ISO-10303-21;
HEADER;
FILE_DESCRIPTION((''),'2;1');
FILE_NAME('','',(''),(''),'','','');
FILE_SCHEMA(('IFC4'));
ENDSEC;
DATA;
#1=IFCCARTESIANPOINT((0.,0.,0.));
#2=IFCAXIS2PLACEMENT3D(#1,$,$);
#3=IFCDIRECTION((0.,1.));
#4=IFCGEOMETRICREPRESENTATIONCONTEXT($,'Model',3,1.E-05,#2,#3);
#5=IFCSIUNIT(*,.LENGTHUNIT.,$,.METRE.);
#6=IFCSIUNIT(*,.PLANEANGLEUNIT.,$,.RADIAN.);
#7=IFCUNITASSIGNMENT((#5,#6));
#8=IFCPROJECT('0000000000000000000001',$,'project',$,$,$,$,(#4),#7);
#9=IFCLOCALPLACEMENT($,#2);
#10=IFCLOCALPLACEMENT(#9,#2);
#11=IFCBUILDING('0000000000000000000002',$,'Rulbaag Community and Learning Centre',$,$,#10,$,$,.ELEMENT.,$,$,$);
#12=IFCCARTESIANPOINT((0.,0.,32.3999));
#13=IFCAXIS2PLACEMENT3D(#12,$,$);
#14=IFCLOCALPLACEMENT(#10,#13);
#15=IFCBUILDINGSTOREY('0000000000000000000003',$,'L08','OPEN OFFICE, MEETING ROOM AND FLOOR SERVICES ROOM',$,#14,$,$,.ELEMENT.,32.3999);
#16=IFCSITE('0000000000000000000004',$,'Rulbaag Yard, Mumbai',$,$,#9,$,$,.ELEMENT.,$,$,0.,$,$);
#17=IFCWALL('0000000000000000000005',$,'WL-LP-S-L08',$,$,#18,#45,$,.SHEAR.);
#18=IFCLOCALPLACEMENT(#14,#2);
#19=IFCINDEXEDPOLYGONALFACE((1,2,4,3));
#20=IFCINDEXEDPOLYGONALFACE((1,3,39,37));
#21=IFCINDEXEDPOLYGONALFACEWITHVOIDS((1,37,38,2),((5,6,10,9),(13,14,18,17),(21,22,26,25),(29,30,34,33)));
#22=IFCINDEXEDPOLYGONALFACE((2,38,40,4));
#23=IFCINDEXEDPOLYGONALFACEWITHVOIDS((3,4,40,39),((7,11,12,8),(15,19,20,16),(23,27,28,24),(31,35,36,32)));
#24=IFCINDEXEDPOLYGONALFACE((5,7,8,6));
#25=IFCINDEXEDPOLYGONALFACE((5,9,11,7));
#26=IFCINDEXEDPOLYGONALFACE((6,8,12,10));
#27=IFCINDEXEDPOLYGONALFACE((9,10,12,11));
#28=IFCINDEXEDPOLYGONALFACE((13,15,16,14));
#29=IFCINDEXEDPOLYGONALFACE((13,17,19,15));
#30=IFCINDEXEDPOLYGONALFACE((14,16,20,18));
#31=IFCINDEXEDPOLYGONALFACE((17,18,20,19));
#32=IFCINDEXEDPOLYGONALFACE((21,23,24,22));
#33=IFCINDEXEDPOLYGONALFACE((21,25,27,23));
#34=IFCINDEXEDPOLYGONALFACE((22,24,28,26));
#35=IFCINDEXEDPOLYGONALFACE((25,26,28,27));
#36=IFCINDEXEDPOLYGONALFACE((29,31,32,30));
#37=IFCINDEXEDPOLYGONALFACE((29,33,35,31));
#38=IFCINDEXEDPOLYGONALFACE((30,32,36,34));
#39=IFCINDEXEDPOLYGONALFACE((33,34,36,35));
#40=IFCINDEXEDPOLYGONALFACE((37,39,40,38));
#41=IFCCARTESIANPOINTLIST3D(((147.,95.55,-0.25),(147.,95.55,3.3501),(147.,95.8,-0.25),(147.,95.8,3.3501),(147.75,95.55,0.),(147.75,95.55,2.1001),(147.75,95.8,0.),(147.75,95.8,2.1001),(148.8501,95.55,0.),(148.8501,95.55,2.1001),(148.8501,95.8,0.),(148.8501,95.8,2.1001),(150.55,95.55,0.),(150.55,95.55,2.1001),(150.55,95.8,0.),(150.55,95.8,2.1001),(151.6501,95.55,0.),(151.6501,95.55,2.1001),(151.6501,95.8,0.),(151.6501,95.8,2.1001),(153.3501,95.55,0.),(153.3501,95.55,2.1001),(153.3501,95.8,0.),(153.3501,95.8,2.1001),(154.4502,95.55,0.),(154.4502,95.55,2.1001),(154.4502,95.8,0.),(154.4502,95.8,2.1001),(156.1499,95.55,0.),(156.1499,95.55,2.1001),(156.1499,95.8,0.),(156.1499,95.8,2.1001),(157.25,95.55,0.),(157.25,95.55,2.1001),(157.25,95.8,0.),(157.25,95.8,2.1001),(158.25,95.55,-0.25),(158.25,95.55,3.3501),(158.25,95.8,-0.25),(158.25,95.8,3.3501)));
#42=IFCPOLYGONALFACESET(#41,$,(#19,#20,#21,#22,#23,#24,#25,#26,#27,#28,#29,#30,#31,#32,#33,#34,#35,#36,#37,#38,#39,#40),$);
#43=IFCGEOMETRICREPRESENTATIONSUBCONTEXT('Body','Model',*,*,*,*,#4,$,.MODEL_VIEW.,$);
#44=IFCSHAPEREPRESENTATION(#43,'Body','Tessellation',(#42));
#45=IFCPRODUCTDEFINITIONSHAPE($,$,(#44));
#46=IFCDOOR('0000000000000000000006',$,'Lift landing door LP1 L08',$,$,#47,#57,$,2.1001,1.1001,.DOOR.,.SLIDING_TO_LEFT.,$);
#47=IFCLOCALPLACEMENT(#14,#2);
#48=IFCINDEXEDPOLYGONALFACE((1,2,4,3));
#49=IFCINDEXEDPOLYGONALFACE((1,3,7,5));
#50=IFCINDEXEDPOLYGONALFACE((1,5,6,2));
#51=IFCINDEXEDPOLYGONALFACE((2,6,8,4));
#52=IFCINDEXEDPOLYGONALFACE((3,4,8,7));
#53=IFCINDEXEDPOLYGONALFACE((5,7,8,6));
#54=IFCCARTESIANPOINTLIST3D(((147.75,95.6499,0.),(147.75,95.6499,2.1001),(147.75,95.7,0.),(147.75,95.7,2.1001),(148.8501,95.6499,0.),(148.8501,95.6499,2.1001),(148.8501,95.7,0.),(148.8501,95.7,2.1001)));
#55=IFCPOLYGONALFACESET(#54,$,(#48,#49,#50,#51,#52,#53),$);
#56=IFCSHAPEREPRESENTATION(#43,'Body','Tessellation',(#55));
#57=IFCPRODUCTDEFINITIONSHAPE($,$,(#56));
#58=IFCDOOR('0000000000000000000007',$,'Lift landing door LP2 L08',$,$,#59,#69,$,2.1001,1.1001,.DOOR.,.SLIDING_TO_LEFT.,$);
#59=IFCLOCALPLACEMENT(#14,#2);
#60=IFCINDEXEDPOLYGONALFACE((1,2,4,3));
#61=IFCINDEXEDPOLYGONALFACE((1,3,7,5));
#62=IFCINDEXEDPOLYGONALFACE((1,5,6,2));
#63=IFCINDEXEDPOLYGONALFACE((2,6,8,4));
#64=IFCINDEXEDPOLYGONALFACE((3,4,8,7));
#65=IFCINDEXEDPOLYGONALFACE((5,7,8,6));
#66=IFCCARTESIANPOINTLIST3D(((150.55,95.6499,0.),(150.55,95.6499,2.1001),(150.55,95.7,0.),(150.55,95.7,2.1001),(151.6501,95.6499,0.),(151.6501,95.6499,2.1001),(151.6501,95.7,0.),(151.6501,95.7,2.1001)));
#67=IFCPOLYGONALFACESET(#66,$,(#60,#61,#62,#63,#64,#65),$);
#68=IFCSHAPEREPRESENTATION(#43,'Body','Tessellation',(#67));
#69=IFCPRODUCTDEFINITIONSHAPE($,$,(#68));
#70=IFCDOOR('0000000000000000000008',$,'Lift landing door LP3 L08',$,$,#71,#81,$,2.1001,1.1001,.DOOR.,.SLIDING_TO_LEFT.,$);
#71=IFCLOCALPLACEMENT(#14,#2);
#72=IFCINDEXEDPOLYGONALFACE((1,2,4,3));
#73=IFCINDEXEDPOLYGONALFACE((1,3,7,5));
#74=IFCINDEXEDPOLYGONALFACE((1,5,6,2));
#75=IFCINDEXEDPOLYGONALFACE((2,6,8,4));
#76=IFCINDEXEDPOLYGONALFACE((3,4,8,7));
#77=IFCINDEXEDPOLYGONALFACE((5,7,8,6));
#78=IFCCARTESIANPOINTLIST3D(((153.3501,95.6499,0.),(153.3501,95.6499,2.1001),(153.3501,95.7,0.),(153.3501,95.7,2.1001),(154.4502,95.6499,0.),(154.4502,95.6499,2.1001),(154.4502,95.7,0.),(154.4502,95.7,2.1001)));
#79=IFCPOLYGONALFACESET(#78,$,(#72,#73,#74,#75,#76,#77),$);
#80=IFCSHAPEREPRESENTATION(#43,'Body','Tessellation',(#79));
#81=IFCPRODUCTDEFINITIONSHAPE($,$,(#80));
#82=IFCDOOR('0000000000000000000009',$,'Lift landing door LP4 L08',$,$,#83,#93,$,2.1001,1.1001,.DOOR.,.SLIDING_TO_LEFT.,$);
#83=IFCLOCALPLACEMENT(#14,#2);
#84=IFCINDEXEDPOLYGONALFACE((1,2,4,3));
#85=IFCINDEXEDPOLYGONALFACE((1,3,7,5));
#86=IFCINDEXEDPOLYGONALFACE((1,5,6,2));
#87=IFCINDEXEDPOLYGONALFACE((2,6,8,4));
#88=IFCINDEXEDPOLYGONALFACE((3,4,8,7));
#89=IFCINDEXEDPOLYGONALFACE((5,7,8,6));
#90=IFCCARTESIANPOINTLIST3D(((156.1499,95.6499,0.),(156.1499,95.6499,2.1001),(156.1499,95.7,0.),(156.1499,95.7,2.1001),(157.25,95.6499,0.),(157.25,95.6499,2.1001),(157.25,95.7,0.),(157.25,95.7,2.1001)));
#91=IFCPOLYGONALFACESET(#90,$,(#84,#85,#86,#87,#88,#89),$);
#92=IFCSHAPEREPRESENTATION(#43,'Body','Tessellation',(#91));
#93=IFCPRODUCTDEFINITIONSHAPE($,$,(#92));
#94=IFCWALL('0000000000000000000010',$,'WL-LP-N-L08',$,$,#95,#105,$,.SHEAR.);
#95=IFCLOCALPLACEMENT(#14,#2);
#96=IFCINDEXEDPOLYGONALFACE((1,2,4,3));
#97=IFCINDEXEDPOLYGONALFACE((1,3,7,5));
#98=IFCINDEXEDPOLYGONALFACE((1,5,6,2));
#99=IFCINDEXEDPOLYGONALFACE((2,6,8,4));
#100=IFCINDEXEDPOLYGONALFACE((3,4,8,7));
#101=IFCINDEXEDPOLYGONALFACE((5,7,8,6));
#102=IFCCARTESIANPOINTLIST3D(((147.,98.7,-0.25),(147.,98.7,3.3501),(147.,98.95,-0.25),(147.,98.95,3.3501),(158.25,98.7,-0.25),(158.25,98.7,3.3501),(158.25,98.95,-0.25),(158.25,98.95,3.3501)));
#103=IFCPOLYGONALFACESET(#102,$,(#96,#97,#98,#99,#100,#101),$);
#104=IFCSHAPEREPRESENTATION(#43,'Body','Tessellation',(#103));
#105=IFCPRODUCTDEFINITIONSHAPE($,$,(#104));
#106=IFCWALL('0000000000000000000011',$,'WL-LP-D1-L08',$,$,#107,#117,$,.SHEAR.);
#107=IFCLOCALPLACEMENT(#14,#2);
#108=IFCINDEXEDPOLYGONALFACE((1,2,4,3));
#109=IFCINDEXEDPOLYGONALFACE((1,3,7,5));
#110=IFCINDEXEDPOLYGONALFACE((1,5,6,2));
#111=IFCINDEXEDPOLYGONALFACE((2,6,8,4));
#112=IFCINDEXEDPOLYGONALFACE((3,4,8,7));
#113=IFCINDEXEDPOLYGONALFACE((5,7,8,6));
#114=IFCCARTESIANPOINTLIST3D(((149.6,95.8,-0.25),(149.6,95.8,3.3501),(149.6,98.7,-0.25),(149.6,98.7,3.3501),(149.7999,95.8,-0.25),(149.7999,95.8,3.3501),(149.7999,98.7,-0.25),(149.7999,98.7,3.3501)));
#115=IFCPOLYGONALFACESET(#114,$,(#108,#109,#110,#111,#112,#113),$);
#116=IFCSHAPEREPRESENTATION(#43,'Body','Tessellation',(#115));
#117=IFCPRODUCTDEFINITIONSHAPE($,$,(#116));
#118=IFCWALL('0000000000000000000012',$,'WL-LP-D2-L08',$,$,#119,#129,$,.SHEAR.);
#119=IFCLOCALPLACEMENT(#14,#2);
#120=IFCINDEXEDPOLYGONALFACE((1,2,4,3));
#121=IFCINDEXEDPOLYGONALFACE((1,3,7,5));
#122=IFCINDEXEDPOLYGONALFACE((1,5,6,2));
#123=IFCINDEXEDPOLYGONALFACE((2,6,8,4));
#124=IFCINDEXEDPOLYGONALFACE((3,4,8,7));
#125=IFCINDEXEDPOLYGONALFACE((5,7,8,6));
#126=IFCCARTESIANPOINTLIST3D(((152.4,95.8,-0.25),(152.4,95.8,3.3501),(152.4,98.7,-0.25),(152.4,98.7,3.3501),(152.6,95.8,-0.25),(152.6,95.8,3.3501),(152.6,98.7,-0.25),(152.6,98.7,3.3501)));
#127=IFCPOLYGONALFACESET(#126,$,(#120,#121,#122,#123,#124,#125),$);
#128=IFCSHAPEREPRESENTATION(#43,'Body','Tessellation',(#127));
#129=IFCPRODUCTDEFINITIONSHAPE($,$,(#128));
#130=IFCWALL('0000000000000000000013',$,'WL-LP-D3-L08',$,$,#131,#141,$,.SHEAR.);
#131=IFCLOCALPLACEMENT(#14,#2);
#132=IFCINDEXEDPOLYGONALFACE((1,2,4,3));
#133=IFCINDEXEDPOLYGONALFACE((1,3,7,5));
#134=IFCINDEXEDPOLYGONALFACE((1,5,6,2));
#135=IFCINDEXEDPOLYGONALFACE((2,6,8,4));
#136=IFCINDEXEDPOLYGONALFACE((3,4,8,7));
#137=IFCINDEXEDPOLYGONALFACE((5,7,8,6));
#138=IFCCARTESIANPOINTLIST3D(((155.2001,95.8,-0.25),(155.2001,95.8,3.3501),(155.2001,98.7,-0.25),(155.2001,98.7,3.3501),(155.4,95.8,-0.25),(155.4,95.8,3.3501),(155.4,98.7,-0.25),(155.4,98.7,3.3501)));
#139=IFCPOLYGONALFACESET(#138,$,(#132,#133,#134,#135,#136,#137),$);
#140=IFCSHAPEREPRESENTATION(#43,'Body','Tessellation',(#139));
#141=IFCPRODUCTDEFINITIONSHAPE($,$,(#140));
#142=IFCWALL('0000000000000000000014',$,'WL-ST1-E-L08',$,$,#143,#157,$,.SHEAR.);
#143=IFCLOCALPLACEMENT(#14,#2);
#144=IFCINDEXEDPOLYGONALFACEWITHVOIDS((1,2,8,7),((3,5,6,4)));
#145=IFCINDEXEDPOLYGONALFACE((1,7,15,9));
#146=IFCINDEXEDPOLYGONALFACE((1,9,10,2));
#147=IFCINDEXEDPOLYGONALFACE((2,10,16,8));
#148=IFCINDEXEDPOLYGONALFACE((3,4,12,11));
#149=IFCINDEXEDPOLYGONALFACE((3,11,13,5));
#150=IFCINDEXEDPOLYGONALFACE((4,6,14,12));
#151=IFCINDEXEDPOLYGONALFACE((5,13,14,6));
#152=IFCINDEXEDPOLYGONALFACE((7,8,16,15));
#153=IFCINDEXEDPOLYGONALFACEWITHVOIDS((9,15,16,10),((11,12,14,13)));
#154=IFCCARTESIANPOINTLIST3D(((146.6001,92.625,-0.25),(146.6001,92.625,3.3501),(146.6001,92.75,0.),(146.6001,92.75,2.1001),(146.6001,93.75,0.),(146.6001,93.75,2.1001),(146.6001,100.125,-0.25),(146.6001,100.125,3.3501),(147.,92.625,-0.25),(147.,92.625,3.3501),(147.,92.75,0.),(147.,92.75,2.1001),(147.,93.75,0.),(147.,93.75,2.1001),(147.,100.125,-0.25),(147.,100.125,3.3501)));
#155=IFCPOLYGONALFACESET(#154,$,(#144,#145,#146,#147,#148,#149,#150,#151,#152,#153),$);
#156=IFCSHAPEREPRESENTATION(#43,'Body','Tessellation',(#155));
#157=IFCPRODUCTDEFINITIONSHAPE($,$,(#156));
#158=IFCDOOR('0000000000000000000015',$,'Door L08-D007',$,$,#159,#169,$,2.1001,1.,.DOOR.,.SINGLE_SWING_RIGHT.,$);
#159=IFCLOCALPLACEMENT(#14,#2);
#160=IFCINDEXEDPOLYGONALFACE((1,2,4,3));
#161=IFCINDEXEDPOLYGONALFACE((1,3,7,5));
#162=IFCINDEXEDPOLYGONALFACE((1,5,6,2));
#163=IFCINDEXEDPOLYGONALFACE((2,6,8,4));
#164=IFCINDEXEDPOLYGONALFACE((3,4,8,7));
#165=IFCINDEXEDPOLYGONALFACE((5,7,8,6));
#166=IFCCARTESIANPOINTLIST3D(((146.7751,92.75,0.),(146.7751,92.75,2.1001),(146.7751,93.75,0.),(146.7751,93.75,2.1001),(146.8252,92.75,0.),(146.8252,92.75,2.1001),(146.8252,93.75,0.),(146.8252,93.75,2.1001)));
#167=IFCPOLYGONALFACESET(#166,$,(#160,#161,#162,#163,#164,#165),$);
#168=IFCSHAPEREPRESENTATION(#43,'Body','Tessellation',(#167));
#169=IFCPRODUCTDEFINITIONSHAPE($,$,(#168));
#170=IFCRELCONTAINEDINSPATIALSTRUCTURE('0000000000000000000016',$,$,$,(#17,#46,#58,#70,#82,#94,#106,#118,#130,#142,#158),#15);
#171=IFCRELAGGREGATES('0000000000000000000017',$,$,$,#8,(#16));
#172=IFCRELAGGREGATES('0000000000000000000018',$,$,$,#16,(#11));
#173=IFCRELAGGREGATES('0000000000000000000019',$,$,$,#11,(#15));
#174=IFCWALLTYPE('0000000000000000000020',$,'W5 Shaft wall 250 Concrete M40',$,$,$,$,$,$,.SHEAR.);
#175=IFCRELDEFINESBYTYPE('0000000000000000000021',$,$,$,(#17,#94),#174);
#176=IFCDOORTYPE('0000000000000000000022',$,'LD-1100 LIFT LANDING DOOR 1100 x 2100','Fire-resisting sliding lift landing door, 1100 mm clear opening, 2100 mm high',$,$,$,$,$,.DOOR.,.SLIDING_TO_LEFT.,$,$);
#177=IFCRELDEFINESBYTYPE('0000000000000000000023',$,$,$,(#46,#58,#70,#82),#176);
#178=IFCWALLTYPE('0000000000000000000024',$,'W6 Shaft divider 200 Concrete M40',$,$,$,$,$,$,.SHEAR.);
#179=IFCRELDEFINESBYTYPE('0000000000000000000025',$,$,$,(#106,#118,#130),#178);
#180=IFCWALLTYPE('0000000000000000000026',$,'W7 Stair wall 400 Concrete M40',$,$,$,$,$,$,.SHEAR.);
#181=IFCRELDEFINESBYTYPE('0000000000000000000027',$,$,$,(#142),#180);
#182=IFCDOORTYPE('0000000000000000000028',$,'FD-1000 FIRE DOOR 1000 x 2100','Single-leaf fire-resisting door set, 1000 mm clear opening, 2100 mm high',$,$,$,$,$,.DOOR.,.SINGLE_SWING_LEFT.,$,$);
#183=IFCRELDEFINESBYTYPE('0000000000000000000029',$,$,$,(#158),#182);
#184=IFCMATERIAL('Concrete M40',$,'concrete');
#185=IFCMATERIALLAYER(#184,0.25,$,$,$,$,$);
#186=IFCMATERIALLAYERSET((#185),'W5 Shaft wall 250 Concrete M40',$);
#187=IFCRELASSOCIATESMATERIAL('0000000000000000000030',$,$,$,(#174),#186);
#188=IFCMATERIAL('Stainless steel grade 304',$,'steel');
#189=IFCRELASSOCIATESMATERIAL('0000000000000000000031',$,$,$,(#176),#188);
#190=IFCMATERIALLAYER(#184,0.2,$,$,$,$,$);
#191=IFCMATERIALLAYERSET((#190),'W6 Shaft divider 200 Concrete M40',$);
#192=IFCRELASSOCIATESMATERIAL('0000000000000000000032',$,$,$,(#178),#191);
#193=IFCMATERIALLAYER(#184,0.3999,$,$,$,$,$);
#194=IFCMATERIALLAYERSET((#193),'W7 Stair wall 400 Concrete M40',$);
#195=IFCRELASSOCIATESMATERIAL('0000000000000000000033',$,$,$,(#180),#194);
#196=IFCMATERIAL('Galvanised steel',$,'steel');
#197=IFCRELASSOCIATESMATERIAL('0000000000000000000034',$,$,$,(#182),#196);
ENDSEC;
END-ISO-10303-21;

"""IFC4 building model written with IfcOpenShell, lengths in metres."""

from ifc_helpers import new_model, si_unit, direction, frame, frame_2d, origin, place, context, subcontext, project, spatial, rectangle, extrude, material, layer, layer_set, type_object, element, fill, save


model = new_model("IFC4")

# Units and contexts
model_context = context("Model", 3, precision=1e-05, world=origin(), true_north=direction((0.0, 1.0)))
body_context = subcontext(model_context, "Body", "Model", "MODEL_VIEW")
ifc_project = project(units=[si_unit("LENGTHUNIT", "METRE"), si_unit("PLANEANGLEUNIT", "RADIAN")], contexts=[model_context])

# Site, building, storey
site_placement = place(None, origin())
site = spatial("IfcSite", under=ifc_project, at=site_placement, Name="Rulbaag Yard, Mumbai", CompositionType="ELEMENT", RefElevation=0.0)
building_placement = place(site_placement, origin())
building = spatial("IfcBuilding", under=site, at=building_placement, Name="Rulbaag Community and Learning Centre", CompositionType="ELEMENT")
storey_placement = place(building_placement, frame((0.0, 0.0, 32.3999)))
storey = spatial("IfcBuildingStorey", under=building, at=storey_placement, Name="L08", Description="OPEN OFFICE, MEETING ROOM AND FLOOR SERVICES ROOM", CompositionType="ELEMENT", Elevation=32.3999)

# Shared definitions
ifc_material_1 = material(Name="Concrete M40", Category="concrete")

# Wall, openings, doors
ifc_layer_1 = layer(ifc_material_1, 0.25)
ifc_layer_set_1 = layer_set([ifc_layer_1], Name="W5 Shaft wall 250 Concrete M40")
wall_type_1 = type_object("IfcWallType", Name="W5 Shaft wall 250 Concrete M40", PredefinedType="SHEAR", material=ifc_layer_set_1)
wall_1_placement = place(storey_placement, frame((147.0, 95.675, -0.25), z_axis=(0.0, 0.0, 1.0), x_axis=(1.0, 0.0, 0.0)))
wall_1 = element("IfcWall", 1, at=wall_1_placement, inside=storey, type_object=wall_type_1, Name="WL-LP-S-L08", PredefinedType="SHEAR", context=body_context, shape_type="SweptSolid", body=[
    extrude(rectangle(XDim=11.25, YDim=0.25, at=frame_2d((5.625, 0.0))), origin(), (0.0, 0.0, 1.0), 3.6001),
])
opening_1_placement = place(wall_1_placement, frame((0.75, 0.0, 0.25)))
opening_1 = element("IfcOpeningElement", 2, at=opening_1_placement, cuts=wall_1, PredefinedType="OPENING", context=body_context, shape_type="SweptSolid", body=[
    extrude(rectangle(XDim=1.1001, YDim=2.1001, at=frame_2d((0.55, 1.05))), frame((0.0, 0.135, 0.0), z_axis=(0.0, -1.0, 0.0), x_axis=(1.0, 0.0, 0.0)), (0.0, 0.0, 1.0), 0.27),
])
opening_2_placement = place(wall_1_placement, frame((3.55, 0.0, 0.25)))
opening_2 = element("IfcOpeningElement", 3, at=opening_2_placement, cuts=wall_1, PredefinedType="OPENING", context=body_context, shape_type="SweptSolid", body=[
    extrude(rectangle(XDim=1.1001, YDim=2.1001, at=frame_2d((0.55, 1.05))), frame((0.0, 0.135, 0.0), z_axis=(0.0, -1.0, 0.0), x_axis=(1.0, 0.0, 0.0)), (0.0, 0.0, 1.0), 0.27),
])
opening_3_placement = place(wall_1_placement, frame((6.3501, 0.0, 0.25)))
opening_3 = element("IfcOpeningElement", 4, at=opening_3_placement, cuts=wall_1, PredefinedType="OPENING", context=body_context, shape_type="SweptSolid", body=[
    extrude(rectangle(XDim=1.1001, YDim=2.1001, at=frame_2d((0.55, 1.05))), frame((0.0, 0.135, 0.0), z_axis=(0.0, -1.0, 0.0), x_axis=(1.0, 0.0, 0.0)), (0.0, 0.0, 1.0), 0.27),
])
opening_4_placement = place(wall_1_placement, frame((9.1499, 0.0, 0.25)))
opening_4 = element("IfcOpeningElement", 5, at=opening_4_placement, cuts=wall_1, PredefinedType="OPENING", context=body_context, shape_type="SweptSolid", body=[
    extrude(rectangle(XDim=1.1001, YDim=2.1001, at=frame_2d((0.55, 1.05))), frame((0.0, 0.135, 0.0), z_axis=(0.0, -1.0, 0.0), x_axis=(1.0, 0.0, 0.0)), (0.0, 0.0, 1.0), 0.27),
])
ifc_material_2 = material(Name="Stainless steel grade 304", Category="steel")
door_type_1 = type_object("IfcDoorType", Name="LD-1100 LIFT LANDING DOOR 1100 x 2100", Description="Fire-resisting sliding lift landing door, 1100 mm clear opening, 2100 mm high", OperationType="SLIDING_TO_LEFT", PredefinedType="DOOR", material=ifc_material_2)
door_1_placement = place(opening_1_placement, origin())
door_1 = element("IfcDoor", 6, at=door_1_placement, inside=storey, type_object=door_type_1, Name="Lift landing door LP1 L08", OperationType="SLIDING_TO_LEFT", OverallHeight=2.1001, OverallWidth=1.1001, PredefinedType="DOOR", context=body_context, shape_type="SweptSolid", body=[
    extrude(rectangle(XDim=1.1001, YDim=2.1001, at=frame_2d((0.55, 1.05))), frame((0.0, 0.0249, 0.0), z_axis=(0.0, -1.0, 0.0), x_axis=(1.0, 0.0, 0.0)), (0.0, 0.0, 1.0), 0.05),
])
fill(opening_1, door_1)
door_2_placement = place(opening_2_placement, origin())
door_2 = element("IfcDoor", 7, at=door_2_placement, inside=storey, type_object=door_type_1, Name="Lift landing door LP2 L08", OperationType="SLIDING_TO_LEFT", OverallHeight=2.1001, OverallWidth=1.1001, PredefinedType="DOOR", context=body_context, shape_type="SweptSolid", body=[
    extrude(rectangle(XDim=1.1001, YDim=2.1001, at=frame_2d((0.55, 1.05))), frame((0.0, 0.0249, 0.0), z_axis=(0.0, -1.0, 0.0), x_axis=(1.0, 0.0, 0.0)), (0.0, 0.0, 1.0), 0.05),
])
fill(opening_2, door_2)
door_3_placement = place(opening_3_placement, origin())
door_3 = element("IfcDoor", 8, at=door_3_placement, inside=storey, type_object=door_type_1, Name="Lift landing door LP3 L08", OperationType="SLIDING_TO_LEFT", OverallHeight=2.1001, OverallWidth=1.1001, PredefinedType="DOOR", context=body_context, shape_type="SweptSolid", body=[
    extrude(rectangle(XDim=1.1001, YDim=2.1001, at=frame_2d((0.55, 1.05))), frame((0.0, 0.0249, 0.0), z_axis=(0.0, -1.0, 0.0), x_axis=(1.0, 0.0, 0.0)), (0.0, 0.0, 1.0), 0.05),
])
fill(opening_3, door_3)
door_4_placement = place(opening_4_placement, origin())
door_4 = element("IfcDoor", 9, at=door_4_placement, inside=storey, type_object=door_type_1, Name="Lift landing door LP4 L08", OperationType="SLIDING_TO_LEFT", OverallHeight=2.1001, OverallWidth=1.1001, PredefinedType="DOOR", context=body_context, shape_type="SweptSolid", body=[
    extrude(rectangle(XDim=1.1001, YDim=2.1001, at=frame_2d((0.55, 1.05))), frame((0.0, 0.0249, 0.0), z_axis=(0.0, -1.0, 0.0), x_axis=(1.0, 0.0, 0.0)), (0.0, 0.0, 1.0), 0.05),
])
fill(opening_4, door_4)

# Walls
wall_2_placement = place(storey_placement, frame((147.0, 98.825, -0.25), z_axis=(0.0, 0.0, 1.0), x_axis=(1.0, 0.0, 0.0)))
element("IfcWall", 10, at=wall_2_placement, inside=storey, type_object=wall_type_1, Name="WL-LP-N-L08", PredefinedType="SHEAR", context=body_context, shape_type="SweptSolid", body=[
    extrude(rectangle(XDim=11.25, YDim=0.25, at=frame_2d((5.625, 0.0))), origin(), (0.0, 0.0, 1.0), 3.6001),
])
ifc_layer_2 = layer(ifc_material_1, 0.2)
ifc_layer_set_2 = layer_set([ifc_layer_2], Name="W6 Shaft divider 200 Concrete M40")
wall_type_2 = type_object("IfcWallType", Name="W6 Shaft divider 200 Concrete M40", PredefinedType="SHEAR", material=ifc_layer_set_2)
for number, where, z_axis, x_axis, name in (
    (11, (149.7, 95.8, -0.25), (0.0, 0.0, 1.0), (0.0, 1.0, 0.0), "WL-LP-D1-L08"),
    (12, (152.5, 95.8, -0.25), (0.0, 0.0, 1.0), (0.0, 1.0, 0.0), "WL-LP-D2-L08"),
    (13, (155.3, 95.8, -0.25), (0.0, 0.0, 1.0), (0.0, 1.0, 0.0), "WL-LP-D3-L08"),
):
    element("IfcWall", number, at=place(storey_placement, frame(where, z_axis=z_axis, x_axis=x_axis)), inside=storey, type_object=wall_type_2, Name=name, PredefinedType="SHEAR", context=body_context, shape_type="SweptSolid", body=[
        extrude(rectangle(XDim=2.8999, YDim=0.2, at=frame_2d((1.45, 0.0))), origin(), (0.0, 0.0, 1.0), 3.6001),
    ])

# Wall, opening, door
ifc_layer_3 = layer(ifc_material_1, 0.3999)
ifc_layer_set_3 = layer_set([ifc_layer_3], Name="W7 Stair wall 400 Concrete M40")
wall_type_3 = type_object("IfcWallType", Name="W7 Stair wall 400 Concrete M40", PredefinedType="SHEAR", material=ifc_layer_set_3)
wall_3_placement = place(storey_placement, frame((146.8, 92.625, -0.25), z_axis=(0.0, 0.0, 1.0), x_axis=(0.0, 1.0, 0.0)))
wall_3 = element("IfcWall", 14, at=wall_3_placement, inside=storey, type_object=wall_type_3, Name="WL-ST1-E-L08", PredefinedType="SHEAR", context=body_context, shape_type="SweptSolid", body=[
    extrude(rectangle(XDim=7.5, YDim=0.3999, at=frame_2d((3.75, 0.0))), origin(), (0.0, 0.0, 1.0), 3.6001),
])
opening_5_placement = place(wall_3_placement, frame((0.125, 0.0, 0.25)))
opening_5 = element("IfcOpeningElement", 15, at=opening_5_placement, cuts=wall_3, PredefinedType="OPENING", context=body_context, shape_type="SweptSolid", body=[
    extrude(rectangle(XDim=1.0, YDim=2.1001, at=frame_2d((0.5, 1.05))), frame((0.0, 0.21, 0.0), z_axis=(0.0, -1.0, 0.0), x_axis=(1.0, 0.0, 0.0)), (0.0, 0.0, 1.0), 0.4199),
])
ifc_material_3 = material(Name="Galvanised steel", Category="steel")
door_type_2 = type_object("IfcDoorType", Name="FD-1000 FIRE DOOR 1000 x 2100", Description="Single-leaf fire-resisting door set, 1000 mm clear opening, 2100 mm high", OperationType="SINGLE_SWING_LEFT", PredefinedType="DOOR", material=ifc_material_3)
door_5_placement = place(opening_5_placement, origin())
door_5 = element("IfcDoor", 16, at=door_5_placement, inside=storey, type_object=door_type_2, Name="Door L08-D007", OperationType="SINGLE_SWING_RIGHT", OverallHeight=2.1001, OverallWidth=1.0, PredefinedType="DOOR", context=body_context, shape_type="SweptSolid", body=[
    extrude(rectangle(XDim=1.0, YDim=2.1001, at=frame_2d((0.5, 1.05))), frame((0.0, 0.0249, 0.0), z_axis=(0.0, -1.0, 0.0), x_axis=(1.0, 0.0, 0.0)), (0.0, 0.0, 1.0), 0.05),
])
fill(opening_5, door_5)

save(model, "model.ifc")
